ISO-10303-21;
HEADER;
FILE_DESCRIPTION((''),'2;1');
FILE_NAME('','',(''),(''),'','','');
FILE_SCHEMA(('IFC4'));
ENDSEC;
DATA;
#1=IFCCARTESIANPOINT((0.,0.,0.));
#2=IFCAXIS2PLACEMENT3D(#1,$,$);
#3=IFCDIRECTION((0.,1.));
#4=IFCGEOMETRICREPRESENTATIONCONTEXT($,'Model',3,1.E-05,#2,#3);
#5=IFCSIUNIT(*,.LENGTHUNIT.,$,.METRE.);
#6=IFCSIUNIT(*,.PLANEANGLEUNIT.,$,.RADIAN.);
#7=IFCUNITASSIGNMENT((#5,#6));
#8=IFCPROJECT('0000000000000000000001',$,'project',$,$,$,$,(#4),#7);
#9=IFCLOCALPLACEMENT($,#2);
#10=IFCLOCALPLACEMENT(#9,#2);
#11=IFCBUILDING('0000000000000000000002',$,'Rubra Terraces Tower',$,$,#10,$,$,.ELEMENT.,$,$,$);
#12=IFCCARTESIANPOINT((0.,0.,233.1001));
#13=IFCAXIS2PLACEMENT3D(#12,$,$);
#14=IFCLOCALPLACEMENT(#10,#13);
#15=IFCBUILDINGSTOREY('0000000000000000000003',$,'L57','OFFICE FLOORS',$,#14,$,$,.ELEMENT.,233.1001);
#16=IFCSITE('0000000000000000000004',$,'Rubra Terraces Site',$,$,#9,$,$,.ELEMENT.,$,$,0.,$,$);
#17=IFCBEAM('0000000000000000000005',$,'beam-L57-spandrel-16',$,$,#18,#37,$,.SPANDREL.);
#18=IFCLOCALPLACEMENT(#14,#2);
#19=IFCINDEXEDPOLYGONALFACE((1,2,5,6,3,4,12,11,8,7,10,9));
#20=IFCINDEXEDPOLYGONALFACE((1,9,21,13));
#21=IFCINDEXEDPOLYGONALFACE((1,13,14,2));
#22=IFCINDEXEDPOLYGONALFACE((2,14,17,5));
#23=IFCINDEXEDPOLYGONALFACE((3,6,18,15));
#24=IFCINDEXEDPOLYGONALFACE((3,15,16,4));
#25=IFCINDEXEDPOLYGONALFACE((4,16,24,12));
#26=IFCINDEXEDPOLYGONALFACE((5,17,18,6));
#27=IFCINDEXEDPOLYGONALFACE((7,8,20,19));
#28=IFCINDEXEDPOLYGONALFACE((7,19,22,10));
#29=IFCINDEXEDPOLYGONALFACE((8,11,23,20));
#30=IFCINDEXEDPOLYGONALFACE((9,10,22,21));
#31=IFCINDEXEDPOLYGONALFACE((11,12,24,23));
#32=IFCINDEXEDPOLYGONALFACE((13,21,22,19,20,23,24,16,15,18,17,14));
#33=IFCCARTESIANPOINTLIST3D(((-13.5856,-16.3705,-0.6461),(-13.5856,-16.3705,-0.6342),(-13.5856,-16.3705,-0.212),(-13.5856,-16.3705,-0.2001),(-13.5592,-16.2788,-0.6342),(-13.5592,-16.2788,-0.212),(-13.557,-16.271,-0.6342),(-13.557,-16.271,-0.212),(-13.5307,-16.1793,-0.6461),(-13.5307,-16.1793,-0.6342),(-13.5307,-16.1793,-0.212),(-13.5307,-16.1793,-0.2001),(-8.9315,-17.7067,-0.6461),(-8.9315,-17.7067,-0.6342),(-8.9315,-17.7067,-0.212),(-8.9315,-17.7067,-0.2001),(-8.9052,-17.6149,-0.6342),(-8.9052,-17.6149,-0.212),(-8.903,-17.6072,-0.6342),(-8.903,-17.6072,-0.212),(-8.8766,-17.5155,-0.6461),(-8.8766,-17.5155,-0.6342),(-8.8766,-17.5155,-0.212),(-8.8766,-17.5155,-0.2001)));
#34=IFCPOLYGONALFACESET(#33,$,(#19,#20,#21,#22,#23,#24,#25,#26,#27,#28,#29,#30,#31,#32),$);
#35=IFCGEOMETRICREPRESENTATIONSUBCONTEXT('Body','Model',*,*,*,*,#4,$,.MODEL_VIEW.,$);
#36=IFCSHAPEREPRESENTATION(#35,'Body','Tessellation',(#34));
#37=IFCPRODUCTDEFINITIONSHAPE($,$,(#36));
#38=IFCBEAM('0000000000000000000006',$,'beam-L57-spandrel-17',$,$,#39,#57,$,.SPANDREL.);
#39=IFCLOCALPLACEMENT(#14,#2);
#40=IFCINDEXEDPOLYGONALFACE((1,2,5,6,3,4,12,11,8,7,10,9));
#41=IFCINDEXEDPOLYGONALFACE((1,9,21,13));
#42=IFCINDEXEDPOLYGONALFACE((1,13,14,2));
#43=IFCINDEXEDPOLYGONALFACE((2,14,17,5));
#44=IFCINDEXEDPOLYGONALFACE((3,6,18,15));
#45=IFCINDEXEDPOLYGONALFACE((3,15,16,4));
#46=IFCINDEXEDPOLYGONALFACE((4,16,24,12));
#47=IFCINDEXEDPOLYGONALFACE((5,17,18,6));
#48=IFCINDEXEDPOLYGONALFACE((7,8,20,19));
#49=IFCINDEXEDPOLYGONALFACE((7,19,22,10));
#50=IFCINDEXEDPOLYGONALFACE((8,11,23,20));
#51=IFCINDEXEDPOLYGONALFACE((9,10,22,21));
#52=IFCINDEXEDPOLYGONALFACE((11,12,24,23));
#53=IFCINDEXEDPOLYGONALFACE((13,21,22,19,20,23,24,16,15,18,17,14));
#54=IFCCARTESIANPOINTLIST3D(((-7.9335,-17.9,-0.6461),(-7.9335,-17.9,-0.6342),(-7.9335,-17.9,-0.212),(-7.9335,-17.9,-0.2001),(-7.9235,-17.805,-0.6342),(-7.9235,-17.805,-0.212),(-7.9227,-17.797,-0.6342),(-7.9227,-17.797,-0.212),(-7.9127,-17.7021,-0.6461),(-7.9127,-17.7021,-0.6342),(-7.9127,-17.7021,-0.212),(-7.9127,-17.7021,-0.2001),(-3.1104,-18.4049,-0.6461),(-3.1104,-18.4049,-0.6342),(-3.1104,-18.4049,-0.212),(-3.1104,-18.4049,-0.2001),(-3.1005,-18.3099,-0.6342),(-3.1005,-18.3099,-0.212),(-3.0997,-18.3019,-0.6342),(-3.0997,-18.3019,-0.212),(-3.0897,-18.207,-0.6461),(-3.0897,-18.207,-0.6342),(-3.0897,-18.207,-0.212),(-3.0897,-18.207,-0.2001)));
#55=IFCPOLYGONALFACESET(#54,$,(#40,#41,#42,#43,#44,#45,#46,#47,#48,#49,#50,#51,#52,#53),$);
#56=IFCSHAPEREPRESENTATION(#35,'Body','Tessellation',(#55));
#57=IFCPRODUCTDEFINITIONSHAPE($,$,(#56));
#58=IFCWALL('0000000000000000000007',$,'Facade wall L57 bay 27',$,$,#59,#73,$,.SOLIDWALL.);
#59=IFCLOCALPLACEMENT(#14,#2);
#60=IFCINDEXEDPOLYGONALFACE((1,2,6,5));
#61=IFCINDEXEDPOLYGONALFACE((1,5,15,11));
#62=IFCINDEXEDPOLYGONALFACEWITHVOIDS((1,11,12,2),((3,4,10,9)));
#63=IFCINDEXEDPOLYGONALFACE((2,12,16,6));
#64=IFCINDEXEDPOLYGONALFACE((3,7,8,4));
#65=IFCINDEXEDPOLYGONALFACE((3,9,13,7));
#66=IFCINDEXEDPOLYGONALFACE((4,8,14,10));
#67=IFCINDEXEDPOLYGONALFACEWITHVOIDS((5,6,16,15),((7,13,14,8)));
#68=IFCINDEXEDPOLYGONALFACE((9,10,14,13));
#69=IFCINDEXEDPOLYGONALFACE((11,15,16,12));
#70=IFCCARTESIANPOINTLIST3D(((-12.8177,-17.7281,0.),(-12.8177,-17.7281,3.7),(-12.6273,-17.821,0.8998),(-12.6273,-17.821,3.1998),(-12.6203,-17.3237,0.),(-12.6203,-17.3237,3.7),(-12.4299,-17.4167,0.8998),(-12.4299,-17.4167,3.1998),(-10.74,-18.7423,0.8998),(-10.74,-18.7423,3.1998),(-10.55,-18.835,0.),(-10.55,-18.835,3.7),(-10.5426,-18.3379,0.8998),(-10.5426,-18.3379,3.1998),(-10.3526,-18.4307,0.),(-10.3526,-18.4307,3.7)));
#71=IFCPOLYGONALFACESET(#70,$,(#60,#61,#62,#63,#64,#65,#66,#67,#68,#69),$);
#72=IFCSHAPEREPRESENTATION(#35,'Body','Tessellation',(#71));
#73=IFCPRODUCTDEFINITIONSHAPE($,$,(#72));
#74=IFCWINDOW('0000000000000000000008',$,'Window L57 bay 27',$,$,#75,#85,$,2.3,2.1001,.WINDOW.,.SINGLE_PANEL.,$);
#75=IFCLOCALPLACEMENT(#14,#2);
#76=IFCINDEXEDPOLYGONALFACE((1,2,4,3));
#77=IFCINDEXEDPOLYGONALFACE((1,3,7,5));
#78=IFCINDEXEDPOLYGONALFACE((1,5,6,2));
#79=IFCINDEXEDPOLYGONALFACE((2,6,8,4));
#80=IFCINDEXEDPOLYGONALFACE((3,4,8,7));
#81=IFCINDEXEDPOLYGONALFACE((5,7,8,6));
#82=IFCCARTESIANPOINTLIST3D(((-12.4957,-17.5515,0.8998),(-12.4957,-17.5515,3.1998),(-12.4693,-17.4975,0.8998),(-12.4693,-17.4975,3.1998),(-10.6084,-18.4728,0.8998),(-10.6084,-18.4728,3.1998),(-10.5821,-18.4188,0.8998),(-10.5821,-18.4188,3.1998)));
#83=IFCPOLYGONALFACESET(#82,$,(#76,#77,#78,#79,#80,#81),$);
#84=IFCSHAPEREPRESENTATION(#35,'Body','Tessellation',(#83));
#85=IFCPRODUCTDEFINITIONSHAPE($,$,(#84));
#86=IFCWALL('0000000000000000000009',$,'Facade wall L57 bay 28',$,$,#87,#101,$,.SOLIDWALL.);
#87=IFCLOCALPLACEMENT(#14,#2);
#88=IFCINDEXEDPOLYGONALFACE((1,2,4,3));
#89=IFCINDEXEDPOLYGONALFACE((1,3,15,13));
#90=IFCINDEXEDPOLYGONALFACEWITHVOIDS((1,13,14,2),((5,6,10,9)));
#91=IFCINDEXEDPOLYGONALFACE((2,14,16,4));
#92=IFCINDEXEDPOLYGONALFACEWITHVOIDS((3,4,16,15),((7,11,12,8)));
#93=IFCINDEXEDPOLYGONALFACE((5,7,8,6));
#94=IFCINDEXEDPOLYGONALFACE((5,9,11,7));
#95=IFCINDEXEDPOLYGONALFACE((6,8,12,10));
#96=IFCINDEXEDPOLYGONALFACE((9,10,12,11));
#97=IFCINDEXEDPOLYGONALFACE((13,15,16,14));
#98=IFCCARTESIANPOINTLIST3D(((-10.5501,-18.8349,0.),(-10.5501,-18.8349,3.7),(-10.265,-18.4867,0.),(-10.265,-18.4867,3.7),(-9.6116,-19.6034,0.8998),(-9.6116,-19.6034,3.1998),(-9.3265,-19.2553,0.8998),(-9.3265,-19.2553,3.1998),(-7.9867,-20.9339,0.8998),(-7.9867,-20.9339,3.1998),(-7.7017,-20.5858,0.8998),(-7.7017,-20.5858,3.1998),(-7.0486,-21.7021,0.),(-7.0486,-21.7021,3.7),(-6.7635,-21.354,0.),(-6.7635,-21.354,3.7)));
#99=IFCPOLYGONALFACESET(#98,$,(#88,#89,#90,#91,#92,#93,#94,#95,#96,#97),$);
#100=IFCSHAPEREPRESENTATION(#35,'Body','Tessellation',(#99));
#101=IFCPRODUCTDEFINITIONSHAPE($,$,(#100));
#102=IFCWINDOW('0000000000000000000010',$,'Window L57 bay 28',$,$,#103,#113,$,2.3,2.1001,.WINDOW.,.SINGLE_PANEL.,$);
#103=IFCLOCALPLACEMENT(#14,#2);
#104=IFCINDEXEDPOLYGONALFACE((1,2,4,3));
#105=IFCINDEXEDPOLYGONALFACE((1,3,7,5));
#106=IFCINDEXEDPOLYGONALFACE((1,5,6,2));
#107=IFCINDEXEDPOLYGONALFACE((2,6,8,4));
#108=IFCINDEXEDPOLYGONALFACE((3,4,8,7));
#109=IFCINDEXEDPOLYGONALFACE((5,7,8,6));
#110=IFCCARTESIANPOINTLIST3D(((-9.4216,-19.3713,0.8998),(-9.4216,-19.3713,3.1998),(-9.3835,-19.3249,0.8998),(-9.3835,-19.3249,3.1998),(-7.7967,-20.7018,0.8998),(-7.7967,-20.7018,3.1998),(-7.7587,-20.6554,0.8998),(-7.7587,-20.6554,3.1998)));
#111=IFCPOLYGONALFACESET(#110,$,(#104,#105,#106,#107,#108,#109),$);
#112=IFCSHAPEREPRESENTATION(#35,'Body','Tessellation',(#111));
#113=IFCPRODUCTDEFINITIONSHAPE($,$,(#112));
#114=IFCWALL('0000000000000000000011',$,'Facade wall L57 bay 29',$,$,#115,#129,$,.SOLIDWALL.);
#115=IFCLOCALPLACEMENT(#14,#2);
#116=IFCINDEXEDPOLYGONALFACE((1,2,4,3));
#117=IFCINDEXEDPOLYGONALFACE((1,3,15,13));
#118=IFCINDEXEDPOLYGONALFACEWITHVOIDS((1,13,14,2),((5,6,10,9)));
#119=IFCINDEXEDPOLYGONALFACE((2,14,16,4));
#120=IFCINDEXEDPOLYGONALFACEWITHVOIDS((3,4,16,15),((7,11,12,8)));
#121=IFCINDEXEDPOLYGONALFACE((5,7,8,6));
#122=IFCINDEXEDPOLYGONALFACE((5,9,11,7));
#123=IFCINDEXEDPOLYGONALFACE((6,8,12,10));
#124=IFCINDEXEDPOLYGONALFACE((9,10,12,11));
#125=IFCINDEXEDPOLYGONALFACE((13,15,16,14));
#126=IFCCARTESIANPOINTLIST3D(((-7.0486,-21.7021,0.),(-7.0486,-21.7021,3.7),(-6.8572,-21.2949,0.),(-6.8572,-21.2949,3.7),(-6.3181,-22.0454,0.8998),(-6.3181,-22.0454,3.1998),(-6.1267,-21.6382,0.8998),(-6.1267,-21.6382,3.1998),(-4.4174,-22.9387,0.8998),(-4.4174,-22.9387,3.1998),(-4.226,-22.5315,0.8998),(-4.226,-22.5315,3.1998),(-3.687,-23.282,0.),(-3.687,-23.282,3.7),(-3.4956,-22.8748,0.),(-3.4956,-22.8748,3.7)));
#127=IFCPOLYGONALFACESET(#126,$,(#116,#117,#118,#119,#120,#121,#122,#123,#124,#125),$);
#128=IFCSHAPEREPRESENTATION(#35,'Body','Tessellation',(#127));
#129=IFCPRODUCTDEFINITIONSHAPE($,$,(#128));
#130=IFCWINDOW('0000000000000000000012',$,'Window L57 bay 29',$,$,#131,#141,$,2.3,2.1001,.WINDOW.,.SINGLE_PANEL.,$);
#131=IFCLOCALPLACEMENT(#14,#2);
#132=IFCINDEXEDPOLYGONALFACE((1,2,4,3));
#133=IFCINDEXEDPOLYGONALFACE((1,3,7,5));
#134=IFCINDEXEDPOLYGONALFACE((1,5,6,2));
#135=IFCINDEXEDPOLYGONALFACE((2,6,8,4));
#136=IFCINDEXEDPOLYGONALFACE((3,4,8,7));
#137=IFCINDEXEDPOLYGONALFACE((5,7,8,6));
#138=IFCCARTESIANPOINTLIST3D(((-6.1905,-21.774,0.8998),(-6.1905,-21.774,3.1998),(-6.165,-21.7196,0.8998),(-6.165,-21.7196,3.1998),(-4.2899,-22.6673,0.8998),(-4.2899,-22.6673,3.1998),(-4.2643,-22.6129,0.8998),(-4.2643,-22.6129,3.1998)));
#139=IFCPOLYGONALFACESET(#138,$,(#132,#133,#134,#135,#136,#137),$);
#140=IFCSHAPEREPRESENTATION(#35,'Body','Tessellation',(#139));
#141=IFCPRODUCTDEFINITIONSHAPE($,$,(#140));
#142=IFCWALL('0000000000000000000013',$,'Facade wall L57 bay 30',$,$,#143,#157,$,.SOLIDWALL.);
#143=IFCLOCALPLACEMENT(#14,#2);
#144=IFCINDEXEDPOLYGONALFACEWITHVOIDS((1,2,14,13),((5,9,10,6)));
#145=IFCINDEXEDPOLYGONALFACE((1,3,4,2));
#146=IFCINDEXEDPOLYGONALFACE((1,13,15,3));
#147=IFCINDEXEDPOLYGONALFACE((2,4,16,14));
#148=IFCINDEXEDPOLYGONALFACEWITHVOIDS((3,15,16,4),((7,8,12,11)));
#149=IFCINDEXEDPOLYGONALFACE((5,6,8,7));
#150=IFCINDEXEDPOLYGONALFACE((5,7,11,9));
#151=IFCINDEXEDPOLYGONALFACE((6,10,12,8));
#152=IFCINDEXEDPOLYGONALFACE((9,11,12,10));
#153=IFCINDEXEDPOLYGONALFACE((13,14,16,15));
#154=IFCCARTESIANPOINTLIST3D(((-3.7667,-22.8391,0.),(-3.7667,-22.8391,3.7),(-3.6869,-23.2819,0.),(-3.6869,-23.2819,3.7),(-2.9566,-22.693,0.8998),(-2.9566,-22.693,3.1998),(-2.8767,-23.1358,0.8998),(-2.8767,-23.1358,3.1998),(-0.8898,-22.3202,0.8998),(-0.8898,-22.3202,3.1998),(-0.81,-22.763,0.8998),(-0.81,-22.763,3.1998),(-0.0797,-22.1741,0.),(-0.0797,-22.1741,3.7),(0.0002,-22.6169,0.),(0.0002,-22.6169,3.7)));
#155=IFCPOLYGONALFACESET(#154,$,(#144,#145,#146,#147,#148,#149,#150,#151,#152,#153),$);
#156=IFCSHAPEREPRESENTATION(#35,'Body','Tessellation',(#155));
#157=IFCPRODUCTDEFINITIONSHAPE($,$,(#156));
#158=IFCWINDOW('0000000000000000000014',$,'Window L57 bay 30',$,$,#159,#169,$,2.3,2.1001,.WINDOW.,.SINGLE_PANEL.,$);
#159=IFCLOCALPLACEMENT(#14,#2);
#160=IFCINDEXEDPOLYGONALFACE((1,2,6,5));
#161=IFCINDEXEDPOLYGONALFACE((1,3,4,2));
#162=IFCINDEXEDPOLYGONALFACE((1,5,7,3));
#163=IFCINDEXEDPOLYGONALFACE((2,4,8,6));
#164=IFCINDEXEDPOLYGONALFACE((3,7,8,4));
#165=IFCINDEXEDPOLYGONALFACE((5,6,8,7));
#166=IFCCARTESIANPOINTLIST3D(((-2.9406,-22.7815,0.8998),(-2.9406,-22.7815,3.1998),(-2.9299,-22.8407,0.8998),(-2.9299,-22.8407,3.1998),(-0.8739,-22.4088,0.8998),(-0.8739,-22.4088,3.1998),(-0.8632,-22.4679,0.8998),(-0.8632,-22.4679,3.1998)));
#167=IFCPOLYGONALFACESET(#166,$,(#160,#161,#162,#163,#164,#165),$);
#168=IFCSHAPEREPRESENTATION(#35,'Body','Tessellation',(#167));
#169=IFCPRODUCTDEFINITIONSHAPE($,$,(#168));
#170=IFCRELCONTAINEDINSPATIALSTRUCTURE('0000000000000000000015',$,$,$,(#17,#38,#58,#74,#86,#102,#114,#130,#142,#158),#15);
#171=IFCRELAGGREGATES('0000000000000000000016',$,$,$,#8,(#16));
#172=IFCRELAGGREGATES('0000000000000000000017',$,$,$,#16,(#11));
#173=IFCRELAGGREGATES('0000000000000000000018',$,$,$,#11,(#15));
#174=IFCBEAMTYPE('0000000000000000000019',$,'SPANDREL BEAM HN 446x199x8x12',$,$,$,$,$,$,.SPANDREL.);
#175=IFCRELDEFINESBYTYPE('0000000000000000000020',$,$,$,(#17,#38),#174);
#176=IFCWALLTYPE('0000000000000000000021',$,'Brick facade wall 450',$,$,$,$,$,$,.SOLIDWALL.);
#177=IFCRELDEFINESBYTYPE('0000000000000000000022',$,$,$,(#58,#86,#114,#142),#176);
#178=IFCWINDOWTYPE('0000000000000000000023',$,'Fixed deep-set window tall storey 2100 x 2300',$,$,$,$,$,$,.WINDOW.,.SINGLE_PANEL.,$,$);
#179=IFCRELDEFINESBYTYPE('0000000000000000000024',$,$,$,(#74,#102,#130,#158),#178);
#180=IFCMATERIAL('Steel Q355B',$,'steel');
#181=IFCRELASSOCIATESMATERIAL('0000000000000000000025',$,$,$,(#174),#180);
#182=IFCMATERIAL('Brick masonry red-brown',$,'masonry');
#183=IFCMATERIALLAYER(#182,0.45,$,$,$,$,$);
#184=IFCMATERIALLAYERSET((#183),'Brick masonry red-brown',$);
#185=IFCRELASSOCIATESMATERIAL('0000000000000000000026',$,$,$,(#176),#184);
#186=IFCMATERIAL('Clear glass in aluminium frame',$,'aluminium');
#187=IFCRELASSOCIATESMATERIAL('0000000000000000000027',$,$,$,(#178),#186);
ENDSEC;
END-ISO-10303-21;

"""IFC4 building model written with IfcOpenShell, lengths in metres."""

from ifc_helpers import new_model, si_unit, direction, frame, frame_2d, origin, origin_2d, place, context, subcontext, project, spatial, rectangle, i_section, extrude, material, layer, layer_set, material_profile, profile_set, type_object, element, fill, save


model = new_model("IFC4")

# Units and contexts
model_context = context("Model", 3, precision=1e-05, world=origin(), true_north=direction((0.0, 1.0)))
body_context = subcontext(model_context, "Body", "Model", "MODEL_VIEW")
ifc_project = project(units=[si_unit("LENGTHUNIT", "METRE"), si_unit("PLANEANGLEUNIT", "RADIAN")], contexts=[model_context])

# Site, building, storey
site_placement = place(None, origin())
site = spatial("IfcSite", under=ifc_project, at=site_placement, Name="Rubra Terraces Site", CompositionType="ELEMENT", RefElevation=0.0)
building_placement = place(site_placement, origin())
building = spatial("IfcBuilding", under=site, at=building_placement, Name="Rubra Terraces Tower", CompositionType="ELEMENT")
storey_placement = place(building_placement, frame((0.0, 0.0, 233.1001)))
storey = spatial("IfcBuildingStorey", under=building, at=storey_placement, Name="L57", Description="OFFICE FLOORS", CompositionType="ELEMENT", Elevation=233.1001)

# Beams
ifc_material_1 = material(Name="Steel Q355B", Category="steel")
ifc_material_profile_1 = material_profile(ifc_material_1, i_section(OverallWidth=0.199, OverallDepth=0.446, WebThickness=0.0081, FlangeThickness=0.012, at=origin_2d()), Name="HN 446x199x8x12")
ifc_profile_set_1 = profile_set([ifc_material_profile_1], Name="Steel Q355B")
beam_type_1 = type_object("IfcBeamType", Name="SPANDREL BEAM HN 446x199x8x12", PredefinedType="SPANDREL", material=ifc_profile_set_1)
beam_1_placement = place(storey_placement, frame((-13.5581, -16.2749, -0.4231), z_axis=(0.961171, -0.275953, 0.0), x_axis=(0.275953, 0.961171, 0.0)))
element("IfcBeam", 1, at=beam_1_placement, inside=storey, type_object=beam_type_1, Name="beam-L57-spandrel-16", PredefinedType="SPANDREL", context=body_context, shape_type="SweptSolid", body=[
    extrude(i_section(OverallWidth=0.199, OverallDepth=0.446, WebThickness=0.0081, FlangeThickness=0.012, at=origin_2d()), origin(), (0.0, 0.0, 1.0), 4.842),
])
beam_2_placement = place(storey_placement, frame((-7.9231, -17.801, -0.4231), z_axis=(0.994565, -0.104113, 0.0), x_axis=(0.104113, 0.994565, 0.0)))
element("IfcBeam", 2, at=beam_2_placement, inside=storey, type_object=beam_type_1, Name="beam-L57-spandrel-17", PredefinedType="SPANDREL", context=body_context, shape_type="SweptSolid", body=[
    extrude(i_section(OverallWidth=0.199, OverallDepth=0.446, WebThickness=0.0081, FlangeThickness=0.012, at=origin_2d()), origin(), (0.0, 0.0, 1.0), 4.8494),
])

# Walls, openings, windows
ifc_material_2 = material(Name="Brick masonry red-brown", Category="masonry")
ifc_layer_1 = layer(ifc_material_2, 0.45)
ifc_layer_set_1 = layer_set([ifc_layer_1], Name="Brick masonry red-brown")
wall_type_1 = type_object("IfcWallType", Name="Brick facade wall 450", PredefinedType="SOLIDWALL", material=ifc_layer_set_1)
wall_1_placement = place(storey_placement, frame((-12.719, -17.5259, 0.0), z_axis=(0.0, 0.0, 1.0), x_axis=(0.898644, -0.438679, 0.0)))
wall_1 = element("IfcWall", 3, at=wall_1_placement, inside=storey, type_object=wall_type_1, Name="Facade wall L57 bay 27", PredefinedType="SOLIDWALL", context=body_context, shape_type="SweptSolid", body=[
    extrude(rectangle(XDim=2.5234, YDim=0.45, at=frame_2d((1.2617, 0.0))), origin(), (0.0, 0.0, 1.0), 3.7),
])
opening_1_placement = place(wall_1_placement, frame((0.2119, 0.0, 0.8999)))
opening_1 = element("IfcOpeningElement", 4, at=opening_1_placement, cuts=wall_1, PredefinedType="OPENING", context=body_context, shape_type="SweptSolid", body=[
    extrude(rectangle(XDim=2.1001, YDim=2.3, at=frame_2d((1.05, 1.1499))), frame((0.0, 0.2349, 0.0), z_axis=(0.0, -1.0, 0.0), x_axis=(1.0, 0.0, 0.0)), (0.0, 0.0, 1.0), 0.47),
])
ifc_material_3 = material(Name="Clear glass in aluminium frame", Category="aluminium")
window_type = type_object("IfcWindowType", Name="Fixed deep-set window tall storey 2100 x 2300", PartitioningType="SINGLE_PANEL", PredefinedType="WINDOW", material=ifc_material_3)
window_1_placement = place(opening_1_placement, origin())
window_1 = element("IfcWindow", 5, at=window_1_placement, inside=storey, type_object=window_type, Name="Window L57 bay 27", OverallHeight=2.3, OverallWidth=2.1001, PartitioningType="SINGLE_PANEL", PredefinedType="WINDOW", context=body_context, shape_type="SweptSolid", body=[
    extrude(rectangle(XDim=2.1001, YDim=2.3, at=frame_2d((1.05, 1.1499))), frame((0.0, 0.135, 0.0), z_axis=(0.0, -1.0, 0.0), x_axis=(1.0, 0.0, 0.0)), (0.0, 0.0, 1.0), 0.0601),
])
fill(opening_1, window_1)
wall_2_placement = place(storey_placement, frame((-10.4075, -18.6609, 0.0), z_axis=(0.0, 0.0, 1.0), x_axis=(0.773702, -0.633549, 0.0)))
wall_2 = element("IfcWall", 6, at=wall_2_placement, inside=storey, type_object=wall_type_1, Name="Facade wall L57 bay 28", PredefinedType="SOLIDWALL", context=body_context, shape_type="SweptSolid", body=[
    extrude(rectangle(XDim=4.5256, YDim=0.45, at=frame_2d((2.2627, 0.0))), origin(), (0.0, 0.0, 1.0), 3.7),
])
opening_2_placement = place(wall_2_placement, frame((1.2129, 0.0, 0.8999)))
opening_2 = element("IfcOpeningElement", 7, at=opening_2_placement, cuts=wall_2, PredefinedType="OPENING", context=body_context, shape_type="SweptSolid", body=[
    extrude(rectangle(XDim=2.1001, YDim=2.3, at=frame_2d((1.05, 1.1499))), frame((0.0, 0.2349, 0.0), z_axis=(0.0, -1.0, 0.0), x_axis=(1.0, 0.0, 0.0)), (0.0, 0.0, 1.0), 0.47),
])
window_2_placement = place(opening_2_placement, origin())
window_2 = element("IfcWindow", 8, at=window_2_placement, inside=storey, type_object=window_type, Name="Window L57 bay 28", OverallHeight=2.3, OverallWidth=2.1001, PartitioningType="SINGLE_PANEL", PredefinedType="WINDOW", context=body_context, shape_type="SweptSolid", body=[
    extrude(rectangle(XDim=2.1001, YDim=2.3, at=frame_2d((1.05, 1.1499))), frame((0.0, 0.135, 0.0), z_axis=(0.0, -1.0, 0.0), x_axis=(1.0, 0.0, 0.0)), (0.0, 0.0, 1.0), 0.0601),
])
fill(opening_2, window_2)
wall_3_placement = place(storey_placement, frame((-6.9529, -21.4985, 0.0), z_axis=(0.0, 0.0, 1.0), x_axis=(0.905035, -0.425338, 0.0)))
wall_3 = element("IfcWall", 9, at=wall_3_placement, inside=storey, type_object=wall_type_1, Name="Facade wall L57 bay 29", PredefinedType="SOLIDWALL", context=body_context, shape_type="SweptSolid", body=[
    extrude(rectangle(XDim=3.7144, YDim=0.45, at=frame_2d((1.8572, 0.0))), origin(), (0.0, 0.0, 1.0), 3.7),
])
opening_3_placement = place(wall_3_placement, frame((0.8071, 0.0, 0.8999)))
opening_3 = element("IfcOpeningElement", 10, at=opening_3_placement, cuts=wall_3, PredefinedType="OPENING", context=body_context, shape_type="SweptSolid", body=[
    extrude(rectangle(XDim=2.1001, YDim=2.3, at=frame_2d((1.05, 1.1499))), frame((0.0, 0.2349, 0.0), z_axis=(0.0, -1.0, 0.0), x_axis=(1.0, 0.0, 0.0)), (0.0, 0.0, 1.0), 0.47),
])
window_3_placement = place(opening_3_placement, origin())
window_3 = element("IfcWindow", 11, at=window_3_placement, inside=storey, type_object=window_type, Name="Window L57 bay 29", OverallHeight=2.3, OverallWidth=2.1001, PartitioningType="SINGLE_PANEL", PredefinedType="WINDOW", context=body_context, shape_type="SweptSolid", body=[
    extrude(rectangle(XDim=2.1001, YDim=2.3, at=frame_2d((1.05, 1.1499))), frame((0.0, 0.135, 0.0), z_axis=(0.0, -1.0, 0.0), x_axis=(1.0, 0.0, 0.0)), (0.0, 0.0, 1.0), 0.0601),
])
fill(opening_3, window_3)
wall_4_placement = place(storey_placement, frame((-3.7268, -23.0605, 0.0), z_axis=(0.0, 0.0, 1.0), x_axis=(0.984119, 0.177509, 0.0)))
wall_4 = element("IfcWall", 12, at=wall_4_placement, inside=storey, type_object=wall_type_1, Name="Facade wall L57 bay 30", PredefinedType="SOLIDWALL", context=body_context, shape_type="SweptSolid", body=[
    extrude(rectangle(XDim=3.7466, YDim=0.45, at=frame_2d((1.8733, 0.0))), origin(), (0.0, 0.0, 1.0), 3.7),
])
opening_4_placement = place(wall_4_placement, frame((0.8232, 0.0, 0.8999)))
opening_4 = element("IfcOpeningElement", 13, at=opening_4_placement, cuts=wall_4, PredefinedType="OPENING", context=body_context, shape_type="SweptSolid", body=[
    extrude(rectangle(XDim=2.1001, YDim=2.3, at=frame_2d((1.05, 1.1499))), frame((0.0, 0.2349, 0.0), z_axis=(0.0, -1.0, 0.0), x_axis=(1.0, 0.0, 0.0)), (0.0, 0.0, 1.0), 0.47),
])
window_4_placement = place(opening_4_placement, origin())
window_4 = element("IfcWindow", 14, at=window_4_placement, inside=storey, type_object=window_type, Name="Window L57 bay 30", OverallHeight=2.3, OverallWidth=2.1001, PartitioningType="SINGLE_PANEL", PredefinedType="WINDOW", context=body_context, shape_type="SweptSolid", body=[
    extrude(rectangle(XDim=2.1001, YDim=2.3, at=frame_2d((1.05, 1.1499))), frame((0.0, 0.135, 0.0), z_axis=(0.0, -1.0, 0.0), x_axis=(1.0, 0.0, 0.0)), (0.0, 0.0, 1.0), 0.0601),
])
fill(opening_4, window_4)

save(model, "model.ifc")
